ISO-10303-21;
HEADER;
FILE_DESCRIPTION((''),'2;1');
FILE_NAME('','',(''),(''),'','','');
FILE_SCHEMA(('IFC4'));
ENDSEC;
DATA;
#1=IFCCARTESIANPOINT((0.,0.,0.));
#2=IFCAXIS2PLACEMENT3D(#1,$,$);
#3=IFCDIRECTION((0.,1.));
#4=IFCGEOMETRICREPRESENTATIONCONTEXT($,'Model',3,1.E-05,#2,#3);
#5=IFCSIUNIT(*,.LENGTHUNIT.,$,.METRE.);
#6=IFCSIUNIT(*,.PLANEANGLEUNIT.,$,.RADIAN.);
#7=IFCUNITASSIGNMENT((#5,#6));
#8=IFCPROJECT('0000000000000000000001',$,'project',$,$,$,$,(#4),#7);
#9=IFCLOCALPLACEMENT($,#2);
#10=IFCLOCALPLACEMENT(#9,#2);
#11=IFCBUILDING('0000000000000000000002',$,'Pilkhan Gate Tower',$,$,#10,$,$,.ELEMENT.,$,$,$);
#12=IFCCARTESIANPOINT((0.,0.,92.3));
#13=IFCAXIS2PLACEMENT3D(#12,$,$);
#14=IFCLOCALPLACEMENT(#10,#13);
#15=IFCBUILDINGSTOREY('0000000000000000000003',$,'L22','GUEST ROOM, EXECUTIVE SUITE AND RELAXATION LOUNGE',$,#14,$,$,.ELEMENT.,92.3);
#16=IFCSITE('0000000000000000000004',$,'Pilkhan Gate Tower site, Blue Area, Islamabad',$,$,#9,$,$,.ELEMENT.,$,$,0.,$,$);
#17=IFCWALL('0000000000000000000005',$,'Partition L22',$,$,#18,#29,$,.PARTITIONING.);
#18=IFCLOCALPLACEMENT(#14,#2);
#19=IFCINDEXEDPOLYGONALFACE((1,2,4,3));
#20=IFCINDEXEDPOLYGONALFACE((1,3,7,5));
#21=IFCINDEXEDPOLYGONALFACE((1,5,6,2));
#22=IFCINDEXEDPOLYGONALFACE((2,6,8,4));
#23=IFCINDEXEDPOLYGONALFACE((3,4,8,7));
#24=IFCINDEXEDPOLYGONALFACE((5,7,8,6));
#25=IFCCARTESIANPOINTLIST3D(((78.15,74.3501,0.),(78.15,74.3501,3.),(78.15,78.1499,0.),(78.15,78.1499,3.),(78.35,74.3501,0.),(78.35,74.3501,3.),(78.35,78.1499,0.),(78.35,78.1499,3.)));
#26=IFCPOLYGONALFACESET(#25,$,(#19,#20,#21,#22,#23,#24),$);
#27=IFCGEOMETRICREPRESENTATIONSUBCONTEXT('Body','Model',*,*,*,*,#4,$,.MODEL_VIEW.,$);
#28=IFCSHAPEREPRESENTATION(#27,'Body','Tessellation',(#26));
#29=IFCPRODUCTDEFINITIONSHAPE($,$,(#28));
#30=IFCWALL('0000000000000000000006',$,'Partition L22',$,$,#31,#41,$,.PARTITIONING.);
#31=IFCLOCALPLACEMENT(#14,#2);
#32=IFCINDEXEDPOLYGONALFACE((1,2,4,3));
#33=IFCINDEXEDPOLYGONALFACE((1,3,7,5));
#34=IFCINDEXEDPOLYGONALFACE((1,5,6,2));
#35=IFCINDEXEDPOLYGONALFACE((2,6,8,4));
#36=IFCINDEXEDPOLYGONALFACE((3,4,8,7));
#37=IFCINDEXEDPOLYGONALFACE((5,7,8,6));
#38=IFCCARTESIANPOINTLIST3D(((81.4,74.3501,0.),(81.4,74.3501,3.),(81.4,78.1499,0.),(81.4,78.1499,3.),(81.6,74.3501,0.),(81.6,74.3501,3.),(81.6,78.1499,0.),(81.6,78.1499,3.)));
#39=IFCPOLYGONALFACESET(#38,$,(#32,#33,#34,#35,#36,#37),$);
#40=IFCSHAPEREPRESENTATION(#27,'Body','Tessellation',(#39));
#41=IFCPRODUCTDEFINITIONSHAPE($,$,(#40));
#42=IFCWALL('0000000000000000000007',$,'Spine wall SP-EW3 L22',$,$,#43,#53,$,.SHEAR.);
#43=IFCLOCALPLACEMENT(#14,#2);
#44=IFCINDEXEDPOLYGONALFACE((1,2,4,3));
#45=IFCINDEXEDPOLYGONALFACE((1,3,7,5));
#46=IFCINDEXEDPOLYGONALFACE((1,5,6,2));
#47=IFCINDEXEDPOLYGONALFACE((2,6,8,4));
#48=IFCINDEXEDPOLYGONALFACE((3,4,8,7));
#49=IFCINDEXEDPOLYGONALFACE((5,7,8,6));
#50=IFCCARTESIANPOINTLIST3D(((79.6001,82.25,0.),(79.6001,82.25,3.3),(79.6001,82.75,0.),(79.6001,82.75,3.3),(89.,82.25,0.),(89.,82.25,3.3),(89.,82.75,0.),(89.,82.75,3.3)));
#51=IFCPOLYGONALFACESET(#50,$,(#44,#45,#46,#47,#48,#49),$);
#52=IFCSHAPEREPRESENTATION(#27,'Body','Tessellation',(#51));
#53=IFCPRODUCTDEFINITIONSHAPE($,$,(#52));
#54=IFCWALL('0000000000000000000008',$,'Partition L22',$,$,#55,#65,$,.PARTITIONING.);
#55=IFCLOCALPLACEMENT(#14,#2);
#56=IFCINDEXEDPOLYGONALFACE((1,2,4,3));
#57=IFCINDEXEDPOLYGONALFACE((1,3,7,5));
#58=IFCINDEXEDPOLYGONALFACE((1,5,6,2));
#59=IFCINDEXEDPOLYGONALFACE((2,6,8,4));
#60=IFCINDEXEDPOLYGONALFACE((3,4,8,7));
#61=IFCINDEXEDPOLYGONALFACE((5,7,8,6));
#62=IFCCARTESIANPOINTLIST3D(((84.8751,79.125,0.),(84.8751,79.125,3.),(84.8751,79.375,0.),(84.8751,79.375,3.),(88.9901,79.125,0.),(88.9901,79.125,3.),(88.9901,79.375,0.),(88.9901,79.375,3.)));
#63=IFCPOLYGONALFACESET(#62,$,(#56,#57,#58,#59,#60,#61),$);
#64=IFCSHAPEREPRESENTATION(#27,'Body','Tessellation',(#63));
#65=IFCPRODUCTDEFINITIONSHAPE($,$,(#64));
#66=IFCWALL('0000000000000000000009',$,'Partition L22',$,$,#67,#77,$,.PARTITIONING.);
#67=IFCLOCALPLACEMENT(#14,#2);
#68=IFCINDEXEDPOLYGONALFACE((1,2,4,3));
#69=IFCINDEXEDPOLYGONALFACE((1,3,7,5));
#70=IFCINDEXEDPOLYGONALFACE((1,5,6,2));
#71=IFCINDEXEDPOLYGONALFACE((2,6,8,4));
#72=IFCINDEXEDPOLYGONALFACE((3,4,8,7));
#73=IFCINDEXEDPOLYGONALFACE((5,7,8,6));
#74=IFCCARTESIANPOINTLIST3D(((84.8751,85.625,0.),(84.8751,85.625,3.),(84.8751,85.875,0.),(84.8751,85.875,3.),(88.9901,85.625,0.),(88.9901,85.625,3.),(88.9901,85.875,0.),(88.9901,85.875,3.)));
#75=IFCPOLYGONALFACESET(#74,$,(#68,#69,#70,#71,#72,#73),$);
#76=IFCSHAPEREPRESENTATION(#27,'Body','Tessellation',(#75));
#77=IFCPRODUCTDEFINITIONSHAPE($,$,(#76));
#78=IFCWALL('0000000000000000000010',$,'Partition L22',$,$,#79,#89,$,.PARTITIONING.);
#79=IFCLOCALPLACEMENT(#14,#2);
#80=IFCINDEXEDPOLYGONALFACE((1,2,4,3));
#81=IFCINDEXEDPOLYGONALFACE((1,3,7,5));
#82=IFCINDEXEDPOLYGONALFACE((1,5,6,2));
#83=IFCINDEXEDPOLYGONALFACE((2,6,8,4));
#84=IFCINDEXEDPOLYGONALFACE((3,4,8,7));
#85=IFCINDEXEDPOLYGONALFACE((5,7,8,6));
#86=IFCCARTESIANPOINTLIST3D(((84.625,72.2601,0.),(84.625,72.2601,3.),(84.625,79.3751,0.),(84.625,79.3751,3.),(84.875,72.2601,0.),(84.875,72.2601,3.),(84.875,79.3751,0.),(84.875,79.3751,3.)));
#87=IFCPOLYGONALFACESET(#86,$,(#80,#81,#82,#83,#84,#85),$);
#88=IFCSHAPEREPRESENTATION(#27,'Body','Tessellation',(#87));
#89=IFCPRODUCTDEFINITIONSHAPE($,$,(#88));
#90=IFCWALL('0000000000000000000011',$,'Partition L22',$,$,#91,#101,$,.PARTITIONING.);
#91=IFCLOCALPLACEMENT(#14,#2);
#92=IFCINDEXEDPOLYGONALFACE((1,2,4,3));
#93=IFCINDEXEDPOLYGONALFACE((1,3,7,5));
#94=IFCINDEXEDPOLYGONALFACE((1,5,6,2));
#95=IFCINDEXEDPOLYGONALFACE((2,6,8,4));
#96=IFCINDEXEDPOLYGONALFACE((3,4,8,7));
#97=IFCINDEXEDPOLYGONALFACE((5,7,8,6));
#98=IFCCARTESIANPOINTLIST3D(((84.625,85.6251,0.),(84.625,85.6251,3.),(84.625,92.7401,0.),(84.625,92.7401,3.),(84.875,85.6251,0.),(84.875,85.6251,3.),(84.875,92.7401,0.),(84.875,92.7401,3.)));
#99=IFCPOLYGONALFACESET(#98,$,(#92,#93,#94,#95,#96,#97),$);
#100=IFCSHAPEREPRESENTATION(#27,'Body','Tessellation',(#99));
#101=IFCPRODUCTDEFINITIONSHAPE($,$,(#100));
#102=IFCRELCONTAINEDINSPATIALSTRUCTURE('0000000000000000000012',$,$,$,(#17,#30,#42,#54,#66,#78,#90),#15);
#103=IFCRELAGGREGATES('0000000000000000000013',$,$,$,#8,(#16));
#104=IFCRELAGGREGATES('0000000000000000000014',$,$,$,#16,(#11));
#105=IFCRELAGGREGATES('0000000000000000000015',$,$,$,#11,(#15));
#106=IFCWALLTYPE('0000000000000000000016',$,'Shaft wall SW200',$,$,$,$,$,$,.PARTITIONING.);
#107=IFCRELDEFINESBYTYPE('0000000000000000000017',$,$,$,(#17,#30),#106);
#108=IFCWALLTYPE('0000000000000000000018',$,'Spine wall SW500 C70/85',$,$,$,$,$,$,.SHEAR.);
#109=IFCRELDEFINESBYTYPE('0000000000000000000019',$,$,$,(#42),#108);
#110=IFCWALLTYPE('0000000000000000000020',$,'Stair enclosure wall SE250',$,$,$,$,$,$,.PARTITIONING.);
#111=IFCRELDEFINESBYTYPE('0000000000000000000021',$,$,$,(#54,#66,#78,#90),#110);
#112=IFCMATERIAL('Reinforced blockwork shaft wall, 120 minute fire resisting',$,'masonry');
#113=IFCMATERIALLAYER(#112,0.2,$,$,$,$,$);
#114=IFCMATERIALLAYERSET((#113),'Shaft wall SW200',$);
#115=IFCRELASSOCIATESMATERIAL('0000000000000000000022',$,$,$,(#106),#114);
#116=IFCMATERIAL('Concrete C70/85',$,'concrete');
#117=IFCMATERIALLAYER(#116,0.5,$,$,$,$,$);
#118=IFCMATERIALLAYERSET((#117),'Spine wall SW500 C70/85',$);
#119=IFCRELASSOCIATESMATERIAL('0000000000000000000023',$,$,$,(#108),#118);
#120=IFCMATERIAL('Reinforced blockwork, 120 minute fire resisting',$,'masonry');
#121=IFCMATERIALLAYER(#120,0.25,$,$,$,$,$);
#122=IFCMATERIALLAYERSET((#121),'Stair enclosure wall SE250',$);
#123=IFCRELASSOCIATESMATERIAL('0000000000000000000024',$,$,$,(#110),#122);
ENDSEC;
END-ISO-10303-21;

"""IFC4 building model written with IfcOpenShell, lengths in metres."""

from ifc_helpers import new_model, si_unit, direction, frame, frame_2d, origin, place, context, subcontext, project, spatial, rectangle, extrude, material, layer, layer_set, type_object, element, save


model = new_model("IFC4")

# Units and contexts
model_context = context("Model", 3, precision=1e-05, world=origin(), true_north=direction((0.0, 1.0)))
body_context = subcontext(model_context, "Body", "Model", "MODEL_VIEW")
ifc_project = project(units=[si_unit("LENGTHUNIT", "METRE"), si_unit("PLANEANGLEUNIT", "RADIAN")], contexts=[model_context])

# Site, building, storey
site_placement = place(None, origin())
site = spatial("IfcSite", under=ifc_project, at=site_placement, Name="Pilkhan Gate Tower site, Blue Area, Islamabad", CompositionType="ELEMENT", RefElevation=0.0)
building_placement = place(site_placement, origin())
building = spatial("IfcBuilding", under=site, at=building_placement, Name="Pilkhan Gate Tower", CompositionType="ELEMENT")
storey_placement = place(building_placement, frame((0.0, 0.0, 92.3)))
storey = spatial("IfcBuildingStorey", under=building, at=storey_placement, Name="L22", Description="GUEST ROOM, EXECUTIVE SUITE AND RELAXATION LOUNGE", CompositionType="ELEMENT", Elevation=92.3)

# Shared definitions
ifc_material_1 = material(Name="Concrete C70/85", Category="concrete")

# Shared definitions
ifc_material_2 = material(Name="Reinforced blockwork shaft wall, 120 minute fire resisting", Category="masonry")
ifc_layer_1 = layer(ifc_material_2, 0.2)
ifc_layer_set_1 = layer_set([ifc_layer_1], Name="Shaft wall SW200")
wall_type_1 = type_object("IfcWallType", Name="Shaft wall SW200", PredefinedType="PARTITIONING", material=ifc_layer_set_1)

# Walls
for number, where, z_axis, x_axis, name in (
    (1, (78.25, 74.3501, 0.0), (0.0, 0.0, 1.0), (0.0, 1.0, 0.0), "Partition L22"),
    (2, (81.5, 74.3501, 0.0), (0.0, 0.0, 1.0), (0.0, 1.0, 0.0), "Partition L22"),
):
    element("IfcWall", number, at=place(storey_placement, frame(where, z_axis=z_axis, x_axis=x_axis)), inside=storey, type_object=wall_type_1, Name=name, PredefinedType="PARTITIONING", context=body_context, shape_type="SweptSolid", body=[
        extrude(rectangle(XDim=3.7998, YDim=0.2, at=frame_2d((1.8999, 0.0))), origin(), (0.0, 0.0, 1.0), 3.0),
    ])
ifc_layer_2 = layer(ifc_material_1, 0.5)
ifc_layer_set_2 = layer_set([ifc_layer_2], Name="Spine wall SW500 C70/85")
wall_type_2 = type_object("IfcWallType", Name="Spine wall SW500 C70/85", PredefinedType="SHEAR", material=ifc_layer_set_2)
wall_1_placement = place(storey_placement, frame((79.6001, 82.5, 0.0), z_axis=(0.0, 0.0, 1.0), x_axis=(1.0, 0.0, 0.0)))
element("IfcWall", 3, at=wall_1_placement, inside=storey, type_object=wall_type_2, Name="Spine wall SP-EW3 L22", PredefinedType="SHEAR", context=body_context, shape_type="SweptSolid", body=[
    extrude(rectangle(XDim=9.3999, YDim=0.5, at=frame_2d((4.7, 0.0))), origin(), (0.0, 0.0, 1.0), 3.3),
])
ifc_material_3 = material(Name="Reinforced blockwork, 120 minute fire resisting", Category="masonry")
ifc_layer_3 = layer(ifc_material_3, 0.25)
ifc_layer_set_3 = layer_set([ifc_layer_3], Name="Stair enclosure wall SE250")
wall_type_3 = type_object("IfcWallType", Name="Stair enclosure wall SE250", PredefinedType="PARTITIONING", material=ifc_layer_set_3)
for number, where, z_axis, x_axis, name in (
    (4, (84.875, 79.25, 0.0), (0.0, 0.0, 1.0), (1.0, 0.0, 0.0), "Partition L22"),
    (5, (84.875, 85.75, 0.0), (0.0, 0.0, 1.0), (1.0, 0.0, 0.0), "Partition L22"),
):
    element("IfcWall", number, at=place(storey_placement, frame(where, z_axis=z_axis, x_axis=x_axis)), inside=storey, type_object=wall_type_3, Name=name, PredefinedType="PARTITIONING", context=body_context, shape_type="SweptSolid", body=[
        extrude(rectangle(XDim=4.115, YDim=0.25, at=frame_2d((2.0576, 0.0))), origin(), (0.0, 0.0, 1.0), 3.0),
    ])
for number, where, z_axis, x_axis, name in (
    (6, (84.75, 72.26, 0.0), (0.0, 0.0, 1.0), (0.0, 1.0, 0.0), "Partition L22"),
    (7, (84.75, 85.625, 0.0), (0.0, 0.0, 1.0), (0.0, 1.0, 0.0), "Partition L22"),
):
    element("IfcWall", number, at=place(storey_placement, frame(where, z_axis=z_axis, x_axis=x_axis)), inside=storey, type_object=wall_type_3, Name=name, PredefinedType="PARTITIONING", context=body_context, shape_type="SweptSolid", body=[
        extrude(rectangle(XDim=7.115, YDim=0.25, at=frame_2d((3.5576, 0.0))), origin(), (0.0, 0.0, 1.0), 3.0),
    ])

save(model, "model.ifc")
